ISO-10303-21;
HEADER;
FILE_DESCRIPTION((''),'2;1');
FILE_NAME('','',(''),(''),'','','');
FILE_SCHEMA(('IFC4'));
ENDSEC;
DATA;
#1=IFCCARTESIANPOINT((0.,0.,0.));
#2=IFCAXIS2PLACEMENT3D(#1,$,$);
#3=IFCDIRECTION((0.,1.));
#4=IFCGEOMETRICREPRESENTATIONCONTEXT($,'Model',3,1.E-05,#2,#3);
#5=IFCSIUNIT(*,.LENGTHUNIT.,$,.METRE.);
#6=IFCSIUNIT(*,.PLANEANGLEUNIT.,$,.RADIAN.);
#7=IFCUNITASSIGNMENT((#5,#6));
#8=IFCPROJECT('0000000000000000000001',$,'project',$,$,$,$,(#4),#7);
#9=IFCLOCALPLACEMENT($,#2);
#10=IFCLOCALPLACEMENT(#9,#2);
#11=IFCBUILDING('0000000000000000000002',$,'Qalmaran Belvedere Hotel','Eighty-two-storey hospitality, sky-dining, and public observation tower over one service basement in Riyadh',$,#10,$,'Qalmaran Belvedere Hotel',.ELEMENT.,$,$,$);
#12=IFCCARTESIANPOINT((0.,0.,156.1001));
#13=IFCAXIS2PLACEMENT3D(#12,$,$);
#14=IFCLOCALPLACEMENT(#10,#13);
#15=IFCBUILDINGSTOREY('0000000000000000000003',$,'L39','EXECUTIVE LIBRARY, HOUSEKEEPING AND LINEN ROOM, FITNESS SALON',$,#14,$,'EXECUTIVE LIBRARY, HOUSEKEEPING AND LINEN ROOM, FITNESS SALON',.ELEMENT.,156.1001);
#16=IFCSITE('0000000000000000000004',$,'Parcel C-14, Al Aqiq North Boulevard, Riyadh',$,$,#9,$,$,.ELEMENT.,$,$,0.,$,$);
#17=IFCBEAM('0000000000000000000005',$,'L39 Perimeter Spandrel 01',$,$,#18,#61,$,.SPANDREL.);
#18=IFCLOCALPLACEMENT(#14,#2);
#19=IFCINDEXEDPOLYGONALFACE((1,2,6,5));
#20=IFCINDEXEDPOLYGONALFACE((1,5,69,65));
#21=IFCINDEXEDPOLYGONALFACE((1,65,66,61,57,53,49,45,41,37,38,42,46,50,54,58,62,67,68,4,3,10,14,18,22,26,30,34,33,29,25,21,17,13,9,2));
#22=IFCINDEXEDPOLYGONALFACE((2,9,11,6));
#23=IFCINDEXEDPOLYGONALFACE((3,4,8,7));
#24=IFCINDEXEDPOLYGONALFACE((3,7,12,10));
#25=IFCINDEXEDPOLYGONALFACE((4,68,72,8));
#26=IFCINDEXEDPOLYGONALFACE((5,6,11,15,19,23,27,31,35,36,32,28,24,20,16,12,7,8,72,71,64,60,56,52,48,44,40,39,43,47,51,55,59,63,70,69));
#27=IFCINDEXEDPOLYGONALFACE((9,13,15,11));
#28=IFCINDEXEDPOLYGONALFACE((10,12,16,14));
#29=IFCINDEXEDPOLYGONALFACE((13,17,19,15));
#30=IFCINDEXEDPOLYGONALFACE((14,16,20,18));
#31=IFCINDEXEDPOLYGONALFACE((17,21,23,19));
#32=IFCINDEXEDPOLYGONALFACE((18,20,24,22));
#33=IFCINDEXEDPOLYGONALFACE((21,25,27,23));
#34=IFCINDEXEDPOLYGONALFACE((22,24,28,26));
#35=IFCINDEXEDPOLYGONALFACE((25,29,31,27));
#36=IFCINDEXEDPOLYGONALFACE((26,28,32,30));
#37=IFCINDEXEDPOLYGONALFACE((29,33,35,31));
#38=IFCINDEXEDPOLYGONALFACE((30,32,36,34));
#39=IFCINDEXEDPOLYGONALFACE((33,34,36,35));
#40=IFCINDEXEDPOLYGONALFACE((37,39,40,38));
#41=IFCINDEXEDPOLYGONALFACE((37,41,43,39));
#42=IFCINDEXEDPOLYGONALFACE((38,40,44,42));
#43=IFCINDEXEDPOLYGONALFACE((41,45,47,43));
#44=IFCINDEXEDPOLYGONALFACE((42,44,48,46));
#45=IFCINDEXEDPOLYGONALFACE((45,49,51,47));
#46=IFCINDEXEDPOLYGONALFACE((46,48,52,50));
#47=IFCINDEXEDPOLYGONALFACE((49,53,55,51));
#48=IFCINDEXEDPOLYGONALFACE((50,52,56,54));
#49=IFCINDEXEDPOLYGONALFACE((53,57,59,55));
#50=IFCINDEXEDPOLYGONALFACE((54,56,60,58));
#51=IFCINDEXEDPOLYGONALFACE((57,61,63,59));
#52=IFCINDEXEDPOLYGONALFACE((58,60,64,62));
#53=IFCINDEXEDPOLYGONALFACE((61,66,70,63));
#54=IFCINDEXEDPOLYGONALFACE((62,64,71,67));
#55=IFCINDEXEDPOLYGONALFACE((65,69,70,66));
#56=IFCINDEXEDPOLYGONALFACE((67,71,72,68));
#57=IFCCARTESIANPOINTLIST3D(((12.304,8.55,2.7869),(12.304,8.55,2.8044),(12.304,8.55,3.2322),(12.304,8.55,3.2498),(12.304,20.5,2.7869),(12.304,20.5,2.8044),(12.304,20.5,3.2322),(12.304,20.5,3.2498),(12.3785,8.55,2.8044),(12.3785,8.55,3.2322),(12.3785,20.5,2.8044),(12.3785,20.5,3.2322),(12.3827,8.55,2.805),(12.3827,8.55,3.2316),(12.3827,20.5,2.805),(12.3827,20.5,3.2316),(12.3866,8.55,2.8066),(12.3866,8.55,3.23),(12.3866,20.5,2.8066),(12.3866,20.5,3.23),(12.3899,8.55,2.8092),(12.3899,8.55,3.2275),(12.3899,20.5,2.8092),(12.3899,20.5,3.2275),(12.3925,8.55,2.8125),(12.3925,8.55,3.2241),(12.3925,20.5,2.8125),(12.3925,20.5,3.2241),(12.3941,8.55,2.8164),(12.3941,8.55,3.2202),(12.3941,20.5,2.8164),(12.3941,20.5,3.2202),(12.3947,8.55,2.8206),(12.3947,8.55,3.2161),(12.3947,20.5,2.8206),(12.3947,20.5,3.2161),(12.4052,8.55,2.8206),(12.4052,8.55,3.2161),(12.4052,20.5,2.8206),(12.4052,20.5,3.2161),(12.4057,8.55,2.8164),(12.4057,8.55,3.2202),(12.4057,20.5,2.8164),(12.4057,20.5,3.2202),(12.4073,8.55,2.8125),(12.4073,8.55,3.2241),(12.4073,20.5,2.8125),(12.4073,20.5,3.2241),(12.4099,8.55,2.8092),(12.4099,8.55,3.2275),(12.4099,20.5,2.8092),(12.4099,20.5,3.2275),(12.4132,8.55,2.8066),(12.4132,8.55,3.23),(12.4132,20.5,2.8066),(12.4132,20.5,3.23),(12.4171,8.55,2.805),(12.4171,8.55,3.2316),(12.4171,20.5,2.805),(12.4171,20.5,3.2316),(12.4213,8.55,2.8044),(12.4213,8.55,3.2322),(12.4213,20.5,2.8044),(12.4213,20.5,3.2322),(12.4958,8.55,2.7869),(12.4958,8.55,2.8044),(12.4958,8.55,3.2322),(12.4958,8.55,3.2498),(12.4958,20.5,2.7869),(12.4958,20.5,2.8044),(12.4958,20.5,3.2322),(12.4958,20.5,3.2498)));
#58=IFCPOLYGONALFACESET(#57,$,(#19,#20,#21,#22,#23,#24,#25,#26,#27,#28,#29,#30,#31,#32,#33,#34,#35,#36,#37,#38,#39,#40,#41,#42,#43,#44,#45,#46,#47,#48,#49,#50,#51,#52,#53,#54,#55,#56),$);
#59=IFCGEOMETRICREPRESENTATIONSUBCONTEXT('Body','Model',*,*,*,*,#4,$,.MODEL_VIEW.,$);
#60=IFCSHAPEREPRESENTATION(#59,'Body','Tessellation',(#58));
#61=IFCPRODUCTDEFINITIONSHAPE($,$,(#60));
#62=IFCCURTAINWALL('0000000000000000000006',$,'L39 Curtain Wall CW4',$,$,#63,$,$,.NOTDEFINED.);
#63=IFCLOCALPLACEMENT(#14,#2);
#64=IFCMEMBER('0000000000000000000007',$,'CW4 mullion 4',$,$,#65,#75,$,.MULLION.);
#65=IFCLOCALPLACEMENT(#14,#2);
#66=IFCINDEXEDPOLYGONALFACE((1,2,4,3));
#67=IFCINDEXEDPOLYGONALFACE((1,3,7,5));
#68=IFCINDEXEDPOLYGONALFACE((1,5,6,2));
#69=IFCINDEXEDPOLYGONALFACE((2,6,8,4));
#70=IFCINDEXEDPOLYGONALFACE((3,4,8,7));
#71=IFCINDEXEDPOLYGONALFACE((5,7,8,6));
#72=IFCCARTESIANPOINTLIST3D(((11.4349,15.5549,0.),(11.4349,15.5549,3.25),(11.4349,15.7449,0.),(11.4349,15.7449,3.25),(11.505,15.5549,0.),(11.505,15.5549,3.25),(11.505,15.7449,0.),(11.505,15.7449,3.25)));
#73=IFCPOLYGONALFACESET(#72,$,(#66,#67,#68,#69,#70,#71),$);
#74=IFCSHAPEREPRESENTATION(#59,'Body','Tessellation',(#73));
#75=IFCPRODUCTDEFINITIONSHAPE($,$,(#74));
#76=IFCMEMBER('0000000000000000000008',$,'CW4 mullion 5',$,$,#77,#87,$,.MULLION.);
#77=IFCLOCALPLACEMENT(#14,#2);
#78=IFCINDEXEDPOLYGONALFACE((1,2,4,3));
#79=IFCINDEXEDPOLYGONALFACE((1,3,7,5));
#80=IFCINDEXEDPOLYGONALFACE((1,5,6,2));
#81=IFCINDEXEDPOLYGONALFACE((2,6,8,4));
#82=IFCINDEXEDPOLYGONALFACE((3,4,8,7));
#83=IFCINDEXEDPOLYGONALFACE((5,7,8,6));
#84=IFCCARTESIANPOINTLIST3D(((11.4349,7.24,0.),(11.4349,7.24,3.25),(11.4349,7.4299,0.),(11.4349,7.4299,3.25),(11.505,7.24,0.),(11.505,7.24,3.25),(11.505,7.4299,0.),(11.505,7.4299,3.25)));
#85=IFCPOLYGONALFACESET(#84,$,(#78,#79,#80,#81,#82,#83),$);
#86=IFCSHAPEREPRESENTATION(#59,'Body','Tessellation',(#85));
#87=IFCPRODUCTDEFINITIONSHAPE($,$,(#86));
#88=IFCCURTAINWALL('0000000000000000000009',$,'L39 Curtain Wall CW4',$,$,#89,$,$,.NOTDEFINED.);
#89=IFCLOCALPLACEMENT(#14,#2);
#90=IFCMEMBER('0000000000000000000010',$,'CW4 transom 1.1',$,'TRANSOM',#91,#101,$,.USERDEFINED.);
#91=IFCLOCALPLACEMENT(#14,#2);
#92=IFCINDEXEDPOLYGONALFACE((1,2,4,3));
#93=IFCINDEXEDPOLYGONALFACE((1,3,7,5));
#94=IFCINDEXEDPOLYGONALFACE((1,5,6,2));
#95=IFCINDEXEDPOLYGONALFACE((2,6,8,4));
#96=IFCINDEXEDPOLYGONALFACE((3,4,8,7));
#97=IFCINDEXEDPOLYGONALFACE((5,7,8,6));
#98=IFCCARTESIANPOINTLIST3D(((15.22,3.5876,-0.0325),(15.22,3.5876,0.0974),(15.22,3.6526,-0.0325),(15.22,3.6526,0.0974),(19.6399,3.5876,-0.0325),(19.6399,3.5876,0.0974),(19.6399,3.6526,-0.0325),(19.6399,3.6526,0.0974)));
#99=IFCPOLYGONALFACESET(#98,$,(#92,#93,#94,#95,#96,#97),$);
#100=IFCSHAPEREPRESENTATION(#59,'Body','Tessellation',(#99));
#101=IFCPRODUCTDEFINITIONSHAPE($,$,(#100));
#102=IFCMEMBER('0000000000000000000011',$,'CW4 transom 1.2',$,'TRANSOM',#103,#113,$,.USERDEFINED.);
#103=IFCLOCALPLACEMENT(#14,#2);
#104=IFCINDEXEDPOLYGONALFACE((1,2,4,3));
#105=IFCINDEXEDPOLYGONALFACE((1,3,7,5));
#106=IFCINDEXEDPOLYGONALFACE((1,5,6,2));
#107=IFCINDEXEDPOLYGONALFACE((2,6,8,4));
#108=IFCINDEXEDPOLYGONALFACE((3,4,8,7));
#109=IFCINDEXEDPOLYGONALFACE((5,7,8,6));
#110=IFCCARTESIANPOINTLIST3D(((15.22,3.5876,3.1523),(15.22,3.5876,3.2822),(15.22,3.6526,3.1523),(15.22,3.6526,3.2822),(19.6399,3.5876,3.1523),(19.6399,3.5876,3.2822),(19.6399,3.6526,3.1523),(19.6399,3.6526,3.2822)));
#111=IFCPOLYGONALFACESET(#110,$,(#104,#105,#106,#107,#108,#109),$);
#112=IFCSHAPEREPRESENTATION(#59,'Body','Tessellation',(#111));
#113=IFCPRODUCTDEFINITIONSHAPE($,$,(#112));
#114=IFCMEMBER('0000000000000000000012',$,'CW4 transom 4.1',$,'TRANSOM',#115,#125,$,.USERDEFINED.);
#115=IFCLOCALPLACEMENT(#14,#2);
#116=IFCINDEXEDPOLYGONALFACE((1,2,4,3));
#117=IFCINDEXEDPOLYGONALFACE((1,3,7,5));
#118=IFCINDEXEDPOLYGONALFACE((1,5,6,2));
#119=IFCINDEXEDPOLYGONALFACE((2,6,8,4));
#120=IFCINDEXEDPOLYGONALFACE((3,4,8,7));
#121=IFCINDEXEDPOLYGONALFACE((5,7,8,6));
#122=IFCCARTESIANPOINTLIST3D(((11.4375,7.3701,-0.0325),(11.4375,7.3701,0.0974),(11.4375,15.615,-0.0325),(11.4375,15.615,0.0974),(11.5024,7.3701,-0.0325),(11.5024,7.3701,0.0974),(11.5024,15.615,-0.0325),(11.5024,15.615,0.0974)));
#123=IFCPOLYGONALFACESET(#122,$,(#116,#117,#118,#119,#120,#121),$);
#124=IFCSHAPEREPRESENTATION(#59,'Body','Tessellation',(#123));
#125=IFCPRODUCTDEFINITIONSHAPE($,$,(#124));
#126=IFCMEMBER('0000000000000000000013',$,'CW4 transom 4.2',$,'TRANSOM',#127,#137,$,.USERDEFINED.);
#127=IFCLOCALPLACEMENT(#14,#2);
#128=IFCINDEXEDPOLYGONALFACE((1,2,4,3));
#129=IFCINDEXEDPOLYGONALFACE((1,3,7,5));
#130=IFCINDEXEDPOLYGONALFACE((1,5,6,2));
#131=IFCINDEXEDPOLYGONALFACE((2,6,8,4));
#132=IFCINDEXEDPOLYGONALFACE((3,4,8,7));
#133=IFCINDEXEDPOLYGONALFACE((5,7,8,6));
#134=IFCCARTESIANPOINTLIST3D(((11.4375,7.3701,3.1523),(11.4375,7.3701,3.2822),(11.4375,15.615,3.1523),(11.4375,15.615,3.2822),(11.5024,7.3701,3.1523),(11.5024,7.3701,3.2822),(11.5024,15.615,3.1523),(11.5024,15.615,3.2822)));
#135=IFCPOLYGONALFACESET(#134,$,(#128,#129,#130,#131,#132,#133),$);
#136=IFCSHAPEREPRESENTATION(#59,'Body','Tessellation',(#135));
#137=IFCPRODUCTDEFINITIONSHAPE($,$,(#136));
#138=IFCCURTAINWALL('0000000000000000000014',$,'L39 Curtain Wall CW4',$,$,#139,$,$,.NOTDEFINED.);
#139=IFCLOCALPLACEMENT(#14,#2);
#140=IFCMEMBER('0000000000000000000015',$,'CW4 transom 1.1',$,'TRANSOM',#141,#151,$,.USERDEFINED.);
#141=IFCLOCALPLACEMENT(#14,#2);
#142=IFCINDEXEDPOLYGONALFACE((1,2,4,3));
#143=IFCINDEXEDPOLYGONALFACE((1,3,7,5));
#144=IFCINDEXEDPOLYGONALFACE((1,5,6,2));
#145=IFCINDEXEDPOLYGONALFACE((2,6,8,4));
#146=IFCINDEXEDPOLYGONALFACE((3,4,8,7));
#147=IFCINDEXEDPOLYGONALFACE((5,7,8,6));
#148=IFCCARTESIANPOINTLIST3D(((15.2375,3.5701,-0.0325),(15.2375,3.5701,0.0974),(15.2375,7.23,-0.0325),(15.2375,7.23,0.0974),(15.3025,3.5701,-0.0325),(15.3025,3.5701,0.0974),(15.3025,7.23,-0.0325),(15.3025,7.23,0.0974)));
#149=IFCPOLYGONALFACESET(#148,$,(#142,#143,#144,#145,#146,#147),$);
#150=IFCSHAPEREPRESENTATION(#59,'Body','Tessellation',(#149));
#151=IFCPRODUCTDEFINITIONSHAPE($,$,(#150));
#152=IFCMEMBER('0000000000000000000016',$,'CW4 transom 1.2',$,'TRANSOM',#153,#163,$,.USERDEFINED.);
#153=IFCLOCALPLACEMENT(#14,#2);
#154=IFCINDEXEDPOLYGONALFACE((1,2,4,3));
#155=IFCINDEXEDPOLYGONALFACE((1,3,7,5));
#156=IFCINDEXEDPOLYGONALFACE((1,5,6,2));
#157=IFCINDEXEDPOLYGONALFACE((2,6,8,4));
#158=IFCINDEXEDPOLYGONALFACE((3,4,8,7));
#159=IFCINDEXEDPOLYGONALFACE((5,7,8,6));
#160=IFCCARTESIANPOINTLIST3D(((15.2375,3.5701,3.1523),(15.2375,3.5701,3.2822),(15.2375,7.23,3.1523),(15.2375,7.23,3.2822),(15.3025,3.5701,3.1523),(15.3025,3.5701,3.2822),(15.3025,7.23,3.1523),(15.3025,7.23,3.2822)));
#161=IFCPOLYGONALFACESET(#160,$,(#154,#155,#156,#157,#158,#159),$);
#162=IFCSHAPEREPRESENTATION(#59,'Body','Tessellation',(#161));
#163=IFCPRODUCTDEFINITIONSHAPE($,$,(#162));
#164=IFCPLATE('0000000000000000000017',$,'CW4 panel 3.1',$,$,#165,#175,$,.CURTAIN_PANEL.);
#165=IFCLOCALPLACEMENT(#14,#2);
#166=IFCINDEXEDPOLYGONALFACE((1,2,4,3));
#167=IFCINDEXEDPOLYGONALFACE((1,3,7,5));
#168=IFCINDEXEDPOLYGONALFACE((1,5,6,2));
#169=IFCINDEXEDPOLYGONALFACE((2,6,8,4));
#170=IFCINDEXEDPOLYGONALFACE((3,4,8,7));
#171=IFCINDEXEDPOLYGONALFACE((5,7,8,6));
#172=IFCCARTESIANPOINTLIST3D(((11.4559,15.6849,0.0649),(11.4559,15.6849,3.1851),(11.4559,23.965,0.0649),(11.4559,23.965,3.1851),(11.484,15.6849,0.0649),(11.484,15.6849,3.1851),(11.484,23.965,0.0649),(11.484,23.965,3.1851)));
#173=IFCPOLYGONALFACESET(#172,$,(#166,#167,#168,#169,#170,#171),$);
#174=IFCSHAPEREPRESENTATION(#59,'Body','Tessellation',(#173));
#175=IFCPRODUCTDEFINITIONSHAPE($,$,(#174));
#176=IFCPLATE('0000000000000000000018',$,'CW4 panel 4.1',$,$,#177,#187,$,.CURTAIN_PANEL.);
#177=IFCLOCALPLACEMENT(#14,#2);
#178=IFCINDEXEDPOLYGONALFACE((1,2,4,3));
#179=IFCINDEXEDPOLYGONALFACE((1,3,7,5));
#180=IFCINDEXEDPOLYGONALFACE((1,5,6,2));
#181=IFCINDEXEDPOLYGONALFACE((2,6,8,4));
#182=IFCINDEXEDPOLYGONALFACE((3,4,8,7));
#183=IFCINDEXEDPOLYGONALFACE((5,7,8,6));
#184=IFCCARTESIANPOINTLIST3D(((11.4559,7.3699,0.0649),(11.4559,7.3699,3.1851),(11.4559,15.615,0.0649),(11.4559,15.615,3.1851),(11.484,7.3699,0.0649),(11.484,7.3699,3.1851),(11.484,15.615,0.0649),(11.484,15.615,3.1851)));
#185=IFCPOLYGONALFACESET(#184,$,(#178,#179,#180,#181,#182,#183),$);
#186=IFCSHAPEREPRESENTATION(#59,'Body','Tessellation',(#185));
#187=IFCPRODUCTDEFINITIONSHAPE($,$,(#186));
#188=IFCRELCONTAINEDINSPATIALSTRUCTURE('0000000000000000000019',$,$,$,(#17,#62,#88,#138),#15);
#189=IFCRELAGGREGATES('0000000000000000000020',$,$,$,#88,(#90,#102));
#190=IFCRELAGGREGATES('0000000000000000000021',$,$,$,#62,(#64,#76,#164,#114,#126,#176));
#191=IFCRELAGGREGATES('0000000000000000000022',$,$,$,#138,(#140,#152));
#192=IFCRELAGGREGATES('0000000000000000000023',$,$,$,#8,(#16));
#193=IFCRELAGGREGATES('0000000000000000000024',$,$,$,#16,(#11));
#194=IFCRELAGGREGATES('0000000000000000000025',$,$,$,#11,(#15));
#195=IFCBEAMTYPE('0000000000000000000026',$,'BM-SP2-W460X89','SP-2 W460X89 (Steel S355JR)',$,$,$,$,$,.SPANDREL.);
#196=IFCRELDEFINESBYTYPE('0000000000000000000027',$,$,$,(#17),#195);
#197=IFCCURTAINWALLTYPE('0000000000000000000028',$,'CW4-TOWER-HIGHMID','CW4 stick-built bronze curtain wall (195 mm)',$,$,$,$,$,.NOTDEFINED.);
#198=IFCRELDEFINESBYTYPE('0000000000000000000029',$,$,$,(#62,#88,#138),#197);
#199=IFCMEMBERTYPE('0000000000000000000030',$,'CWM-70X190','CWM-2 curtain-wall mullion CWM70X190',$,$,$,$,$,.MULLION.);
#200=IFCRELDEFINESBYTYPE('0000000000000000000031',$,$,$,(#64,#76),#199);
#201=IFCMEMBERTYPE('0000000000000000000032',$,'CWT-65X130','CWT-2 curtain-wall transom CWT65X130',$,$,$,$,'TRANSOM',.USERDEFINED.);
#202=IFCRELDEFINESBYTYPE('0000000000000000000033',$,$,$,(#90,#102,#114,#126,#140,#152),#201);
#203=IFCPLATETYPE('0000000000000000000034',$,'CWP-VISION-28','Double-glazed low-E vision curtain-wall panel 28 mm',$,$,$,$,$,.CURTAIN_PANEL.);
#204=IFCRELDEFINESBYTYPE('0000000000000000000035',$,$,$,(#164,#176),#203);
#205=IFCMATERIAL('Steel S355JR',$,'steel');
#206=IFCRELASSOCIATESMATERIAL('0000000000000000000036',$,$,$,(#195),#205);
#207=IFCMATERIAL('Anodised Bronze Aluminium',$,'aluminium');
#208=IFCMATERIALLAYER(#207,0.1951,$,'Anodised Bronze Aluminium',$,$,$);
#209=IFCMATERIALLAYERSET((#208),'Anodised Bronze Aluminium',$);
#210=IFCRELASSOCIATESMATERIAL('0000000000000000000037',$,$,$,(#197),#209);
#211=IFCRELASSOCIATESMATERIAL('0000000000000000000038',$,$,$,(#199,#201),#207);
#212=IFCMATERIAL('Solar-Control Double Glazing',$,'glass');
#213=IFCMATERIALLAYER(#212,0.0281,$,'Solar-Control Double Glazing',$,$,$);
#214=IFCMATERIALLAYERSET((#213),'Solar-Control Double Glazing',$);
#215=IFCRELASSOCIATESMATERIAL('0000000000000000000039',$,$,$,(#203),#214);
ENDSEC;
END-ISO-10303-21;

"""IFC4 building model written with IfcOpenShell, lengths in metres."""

from ifc_helpers import new_model, si_unit, direction, frame, origin, origin_2d, place, context, subcontext, project, spatial, rectangle, i_section, extrude, material, layer, layer_set, material_profile, profile_set, type_object, element, aggregate, save


model = new_model("IFC4")

# Units and contexts
model_context = context("Model", 3, precision=1e-05, world=origin(), true_north=direction((0.0, 1.0)))
body_context = subcontext(model_context, "Body", "Model", "MODEL_VIEW")
ifc_project = project(units=[si_unit("LENGTHUNIT", "METRE"), si_unit("PLANEANGLEUNIT", "RADIAN")], contexts=[model_context])

# Site, building, storey
site_placement = place(None, origin())
site = spatial("IfcSite", under=ifc_project, at=site_placement, Name="Parcel C-14, Al Aqiq North Boulevard, Riyadh", CompositionType="ELEMENT", RefElevation=0.0)
building_placement = place(site_placement, origin())
building = spatial("IfcBuilding", under=site, at=building_placement, Name="Qalmaran Belvedere Hotel", Description="Eighty-two-storey hospitality, sky-dining, and public observation tower over one service basement in Riyadh", LongName="Qalmaran Belvedere Hotel", CompositionType="ELEMENT")
storey_placement = place(building_placement, frame((0.0, 0.0, 156.1001)))
storey = spatial("IfcBuildingStorey", under=building, at=storey_placement, Name="L39", Description="EXECUTIVE LIBRARY, HOUSEKEEPING AND LINEN ROOM, FITNESS SALON", LongName="EXECUTIVE LIBRARY, HOUSEKEEPING AND LINEN ROOM, FITNESS SALON", CompositionType="ELEMENT", Elevation=156.1001)

# Beam
ifc_material_1 = material(Name="Steel S355JR", Category="steel")
ifc_material_profile_1 = material_profile(ifc_material_1, i_section(OverallWidth=0.1919, OverallDepth=0.4629, WebThickness=0.0105, FlangeThickness=0.0176, FilletRadius=0.0161, at=origin_2d()), Name="W460X89")
ifc_profile_set_1 = profile_set([ifc_material_profile_1], Name="Steel S355JR")
beam_type_1 = type_object("IfcBeamType", Name="BM-SP2-W460X89", Description="SP-2 W460X89 (Steel S355JR)", PredefinedType="SPANDREL", material=ifc_profile_set_1)
beam_1_placement = place(storey_placement, frame((12.3999, 8.55, 3.0183), z_axis=(0.0, 1.0, 0.0), x_axis=(-1.0, 0.0, 0.0)))
element("IfcBeam", 1, at=beam_1_placement, inside=storey, type_object=beam_type_1, Name="L39 Perimeter Spandrel 01", PredefinedType="SPANDREL", context=body_context, shape_type="SweptSolid", body=[
    extrude(i_section(OverallWidth=0.1919, OverallDepth=0.4629, WebThickness=0.0105, FlangeThickness=0.0176, FilletRadius=0.0161, at=origin_2d()), origin(), (0.0, 0.0, 1.0), 11.95),
])

# Curtain walls, members
ifc_material_2 = material(Name="Anodised Bronze Aluminium", Category="aluminium")
ifc_layer_1 = layer(ifc_material_2, 0.1951, Name="Anodised Bronze Aluminium")
ifc_layer_set_1 = layer_set([ifc_layer_1], Name="Anodised Bronze Aluminium")
curtain_wall_type = type_object("IfcCurtainWallType", Name="CW4-TOWER-HIGHMID", Description="CW4 stick-built bronze curtain wall (195 mm)", PredefinedType="NOTDEFINED", material=ifc_layer_set_1)
curtain_wall_1_placement = place(storey_placement, origin())
curtain_wall_1 = element("IfcCurtainWall", 2, at=curtain_wall_1_placement, inside=storey, type_object=curtain_wall_type, Name="L39 Curtain Wall CW4", PredefinedType="NOTDEFINED")
ifc_material_profile_2 = material_profile(ifc_material_2, rectangle(XDim=0.0701, YDim=0.1899, at=origin_2d()), Name="CWM70X190")
ifc_profile_set_2 = profile_set([ifc_material_profile_2], Name="Anodised Bronze Aluminium")
member_type_1 = type_object("IfcMemberType", Name="CWM-70X190", Description="CWM-2 curtain-wall mullion CWM70X190", PredefinedType="MULLION", material=ifc_profile_set_2)
member_1_placement = place(storey_placement, frame((11.47, 15.6499, 0.0), z_axis=(0.0, 0.0, 1.0), x_axis=(1.0, 0.0, 0.0)))
member_1 = element("IfcMember", 3, at=member_1_placement, type_object=member_type_1, Name="CW4 mullion 4", PredefinedType="MULLION", context=body_context, shape_type="SweptSolid", body=[
    extrude(rectangle(XDim=0.0701, YDim=0.1899, at=origin_2d()), origin(), (0.0, 0.0, 1.0), 3.25),
])
member_2_placement = place(storey_placement, frame((11.47, 7.335, 0.0), z_axis=(0.0, 0.0, 1.0), x_axis=(1.0, 0.0, 0.0)))
member_2 = element("IfcMember", 4, at=member_2_placement, type_object=member_type_1, Name="CW4 mullion 5", PredefinedType="MULLION", context=body_context, shape_type="SweptSolid", body=[
    extrude(rectangle(XDim=0.0701, YDim=0.1899, at=origin_2d()), origin(), (0.0, 0.0, 1.0), 3.25),
])
curtain_wall_2_placement = place(storey_placement, origin())
curtain_wall_2 = element("IfcCurtainWall", 5, at=curtain_wall_2_placement, inside=storey, type_object=curtain_wall_type, Name="L39 Curtain Wall CW4", PredefinedType="NOTDEFINED")
ifc_material_profile_3 = material_profile(ifc_material_2, rectangle(XDim=0.0649, YDim=0.1299, at=origin_2d()), Name="CWT65X130")
ifc_profile_set_3 = profile_set([ifc_material_profile_3], Name="Anodised Bronze Aluminium")
member_type_2 = type_object("IfcMemberType", Name="CWT-65X130", Description="CWT-2 curtain-wall transom CWT65X130", ElementType="TRANSOM", PredefinedType="USERDEFINED", material=ifc_profile_set_3)
member_3_placement = place(storey_placement, frame((15.22, 3.6201, 0.0325), z_axis=(1.0, 0.0, 0.0), x_axis=(0.0, 1.0, 0.0)))
member_3 = element("IfcMember", 6, at=member_3_placement, type_object=member_type_2, Name="CW4 transom 1.1", ObjectType="TRANSOM", PredefinedType="USERDEFINED", context=body_context, shape_type="SweptSolid", body=[
    extrude(rectangle(XDim=0.0649, YDim=0.1299, at=origin_2d()), origin(), (0.0, 0.0, 1.0), 4.4199),
])
member_4_placement = place(storey_placement, frame((15.22, 3.6201, 3.2173), z_axis=(1.0, 0.0, 0.0), x_axis=(0.0, 1.0, 0.0)))
member_4 = element("IfcMember", 7, at=member_4_placement, type_object=member_type_2, Name="CW4 transom 1.2", ObjectType="TRANSOM", PredefinedType="USERDEFINED", context=body_context, shape_type="SweptSolid", body=[
    extrude(rectangle(XDim=0.0649, YDim=0.1299, at=origin_2d()), origin(), (0.0, 0.0, 1.0), 4.4199),
])
aggregate(curtain_wall_2, [member_3, member_4])

# Members
member_5_placement = place(storey_placement, frame((11.47, 15.615, 0.0325), z_axis=(0.0, -1.0, 0.0), x_axis=(1.0, 0.0, 0.0)))
member_5 = element("IfcMember", 8, at=member_5_placement, type_object=member_type_2, Name="CW4 transom 4.1", ObjectType="TRANSOM", PredefinedType="USERDEFINED", context=body_context, shape_type="SweptSolid", body=[
    extrude(rectangle(XDim=0.0649, YDim=0.1299, at=origin_2d()), origin(), (0.0, 0.0, 1.0), 8.2449),
])
member_6_placement = place(storey_placement, frame((11.47, 15.615, 3.2173), z_axis=(0.0, -1.0, 0.0), x_axis=(1.0, 0.0, 0.0)))
member_6 = element("IfcMember", 9, at=member_6_placement, type_object=member_type_2, Name="CW4 transom 4.2", ObjectType="TRANSOM", PredefinedType="USERDEFINED", context=body_context, shape_type="SweptSolid", body=[
    extrude(rectangle(XDim=0.0649, YDim=0.1299, at=origin_2d()), origin(), (0.0, 0.0, 1.0), 8.2449),
])

# Curtain wall, members
curtain_wall_3_placement = place(storey_placement, origin())
curtain_wall_3 = element("IfcCurtainWall", 10, at=curtain_wall_3_placement, inside=storey, type_object=curtain_wall_type, Name="L39 Curtain Wall CW4", PredefinedType="NOTDEFINED")
member_7_placement = place(storey_placement, frame((15.27, 7.23, 0.0325), z_axis=(0.0, -1.0, 0.0), x_axis=(1.0, 0.0, 0.0)))
member_7 = element("IfcMember", 11, at=member_7_placement, type_object=member_type_2, Name="CW4 transom 1.1", ObjectType="TRANSOM", PredefinedType="USERDEFINED", context=body_context, shape_type="SweptSolid", body=[
    extrude(rectangle(XDim=0.0649, YDim=0.1299, at=origin_2d()), origin(), (0.0, 0.0, 1.0), 3.6599),
])
member_8_placement = place(storey_placement, frame((15.27, 7.23, 3.2173), z_axis=(0.0, -1.0, 0.0), x_axis=(1.0, 0.0, 0.0)))
member_8 = element("IfcMember", 12, at=member_8_placement, type_object=member_type_2, Name="CW4 transom 1.2", ObjectType="TRANSOM", PredefinedType="USERDEFINED", context=body_context, shape_type="SweptSolid", body=[
    extrude(rectangle(XDim=0.0649, YDim=0.1299, at=origin_2d()), origin(), (0.0, 0.0, 1.0), 3.6599),
])

# Plates
ifc_material_3 = material(Name="Solar-Control Double Glazing", Category="glass")
ifc_layer_2 = layer(ifc_material_3, 0.0281, Name="Solar-Control Double Glazing")
ifc_layer_set_2 = layer_set([ifc_layer_2], Name="Solar-Control Double Glazing")
plate_type = type_object("IfcPlateType", Name="CWP-VISION-28", Description="Double-glazed low-E vision curtain-wall panel 28 mm", PredefinedType="CURTAIN_PANEL", material=ifc_layer_set_2)
plate_1_placement = place(storey_placement, frame((11.47, 19.825, 0.0649), z_axis=(0.0, 0.0, 1.0), x_axis=(0.0, -1.0, 0.0)))
plate_1 = element("IfcPlate", 13, at=plate_1_placement, type_object=plate_type, Name="CW4 panel 3.1", PredefinedType="CURTAIN_PANEL", context=body_context, shape_type="SweptSolid", body=[
    extrude(rectangle(XDim=8.28, YDim=0.0281, at=origin_2d()), origin(), (0.0, 0.0, 1.0), 3.1201),
])
plate_2_placement = place(storey_placement, frame((11.47, 11.4924, 0.0649), z_axis=(0.0, 0.0, 1.0), x_axis=(0.0, -1.0, 0.0)))
plate_2 = element("IfcPlate", 14, at=plate_2_placement, type_object=plate_type, Name="CW4 panel 4.1", PredefinedType="CURTAIN_PANEL", context=body_context, shape_type="SweptSolid", body=[
    extrude(rectangle(XDim=8.2451, YDim=0.0281, at=origin_2d()), origin(), (0.0, 0.0, 1.0), 3.1201),
])
aggregate(curtain_wall_1, [member_1, member_2, plate_1, member_5, member_6, plate_2])
aggregate(curtain_wall_3, [member_7, member_8])

save(model, "model.ifc")
